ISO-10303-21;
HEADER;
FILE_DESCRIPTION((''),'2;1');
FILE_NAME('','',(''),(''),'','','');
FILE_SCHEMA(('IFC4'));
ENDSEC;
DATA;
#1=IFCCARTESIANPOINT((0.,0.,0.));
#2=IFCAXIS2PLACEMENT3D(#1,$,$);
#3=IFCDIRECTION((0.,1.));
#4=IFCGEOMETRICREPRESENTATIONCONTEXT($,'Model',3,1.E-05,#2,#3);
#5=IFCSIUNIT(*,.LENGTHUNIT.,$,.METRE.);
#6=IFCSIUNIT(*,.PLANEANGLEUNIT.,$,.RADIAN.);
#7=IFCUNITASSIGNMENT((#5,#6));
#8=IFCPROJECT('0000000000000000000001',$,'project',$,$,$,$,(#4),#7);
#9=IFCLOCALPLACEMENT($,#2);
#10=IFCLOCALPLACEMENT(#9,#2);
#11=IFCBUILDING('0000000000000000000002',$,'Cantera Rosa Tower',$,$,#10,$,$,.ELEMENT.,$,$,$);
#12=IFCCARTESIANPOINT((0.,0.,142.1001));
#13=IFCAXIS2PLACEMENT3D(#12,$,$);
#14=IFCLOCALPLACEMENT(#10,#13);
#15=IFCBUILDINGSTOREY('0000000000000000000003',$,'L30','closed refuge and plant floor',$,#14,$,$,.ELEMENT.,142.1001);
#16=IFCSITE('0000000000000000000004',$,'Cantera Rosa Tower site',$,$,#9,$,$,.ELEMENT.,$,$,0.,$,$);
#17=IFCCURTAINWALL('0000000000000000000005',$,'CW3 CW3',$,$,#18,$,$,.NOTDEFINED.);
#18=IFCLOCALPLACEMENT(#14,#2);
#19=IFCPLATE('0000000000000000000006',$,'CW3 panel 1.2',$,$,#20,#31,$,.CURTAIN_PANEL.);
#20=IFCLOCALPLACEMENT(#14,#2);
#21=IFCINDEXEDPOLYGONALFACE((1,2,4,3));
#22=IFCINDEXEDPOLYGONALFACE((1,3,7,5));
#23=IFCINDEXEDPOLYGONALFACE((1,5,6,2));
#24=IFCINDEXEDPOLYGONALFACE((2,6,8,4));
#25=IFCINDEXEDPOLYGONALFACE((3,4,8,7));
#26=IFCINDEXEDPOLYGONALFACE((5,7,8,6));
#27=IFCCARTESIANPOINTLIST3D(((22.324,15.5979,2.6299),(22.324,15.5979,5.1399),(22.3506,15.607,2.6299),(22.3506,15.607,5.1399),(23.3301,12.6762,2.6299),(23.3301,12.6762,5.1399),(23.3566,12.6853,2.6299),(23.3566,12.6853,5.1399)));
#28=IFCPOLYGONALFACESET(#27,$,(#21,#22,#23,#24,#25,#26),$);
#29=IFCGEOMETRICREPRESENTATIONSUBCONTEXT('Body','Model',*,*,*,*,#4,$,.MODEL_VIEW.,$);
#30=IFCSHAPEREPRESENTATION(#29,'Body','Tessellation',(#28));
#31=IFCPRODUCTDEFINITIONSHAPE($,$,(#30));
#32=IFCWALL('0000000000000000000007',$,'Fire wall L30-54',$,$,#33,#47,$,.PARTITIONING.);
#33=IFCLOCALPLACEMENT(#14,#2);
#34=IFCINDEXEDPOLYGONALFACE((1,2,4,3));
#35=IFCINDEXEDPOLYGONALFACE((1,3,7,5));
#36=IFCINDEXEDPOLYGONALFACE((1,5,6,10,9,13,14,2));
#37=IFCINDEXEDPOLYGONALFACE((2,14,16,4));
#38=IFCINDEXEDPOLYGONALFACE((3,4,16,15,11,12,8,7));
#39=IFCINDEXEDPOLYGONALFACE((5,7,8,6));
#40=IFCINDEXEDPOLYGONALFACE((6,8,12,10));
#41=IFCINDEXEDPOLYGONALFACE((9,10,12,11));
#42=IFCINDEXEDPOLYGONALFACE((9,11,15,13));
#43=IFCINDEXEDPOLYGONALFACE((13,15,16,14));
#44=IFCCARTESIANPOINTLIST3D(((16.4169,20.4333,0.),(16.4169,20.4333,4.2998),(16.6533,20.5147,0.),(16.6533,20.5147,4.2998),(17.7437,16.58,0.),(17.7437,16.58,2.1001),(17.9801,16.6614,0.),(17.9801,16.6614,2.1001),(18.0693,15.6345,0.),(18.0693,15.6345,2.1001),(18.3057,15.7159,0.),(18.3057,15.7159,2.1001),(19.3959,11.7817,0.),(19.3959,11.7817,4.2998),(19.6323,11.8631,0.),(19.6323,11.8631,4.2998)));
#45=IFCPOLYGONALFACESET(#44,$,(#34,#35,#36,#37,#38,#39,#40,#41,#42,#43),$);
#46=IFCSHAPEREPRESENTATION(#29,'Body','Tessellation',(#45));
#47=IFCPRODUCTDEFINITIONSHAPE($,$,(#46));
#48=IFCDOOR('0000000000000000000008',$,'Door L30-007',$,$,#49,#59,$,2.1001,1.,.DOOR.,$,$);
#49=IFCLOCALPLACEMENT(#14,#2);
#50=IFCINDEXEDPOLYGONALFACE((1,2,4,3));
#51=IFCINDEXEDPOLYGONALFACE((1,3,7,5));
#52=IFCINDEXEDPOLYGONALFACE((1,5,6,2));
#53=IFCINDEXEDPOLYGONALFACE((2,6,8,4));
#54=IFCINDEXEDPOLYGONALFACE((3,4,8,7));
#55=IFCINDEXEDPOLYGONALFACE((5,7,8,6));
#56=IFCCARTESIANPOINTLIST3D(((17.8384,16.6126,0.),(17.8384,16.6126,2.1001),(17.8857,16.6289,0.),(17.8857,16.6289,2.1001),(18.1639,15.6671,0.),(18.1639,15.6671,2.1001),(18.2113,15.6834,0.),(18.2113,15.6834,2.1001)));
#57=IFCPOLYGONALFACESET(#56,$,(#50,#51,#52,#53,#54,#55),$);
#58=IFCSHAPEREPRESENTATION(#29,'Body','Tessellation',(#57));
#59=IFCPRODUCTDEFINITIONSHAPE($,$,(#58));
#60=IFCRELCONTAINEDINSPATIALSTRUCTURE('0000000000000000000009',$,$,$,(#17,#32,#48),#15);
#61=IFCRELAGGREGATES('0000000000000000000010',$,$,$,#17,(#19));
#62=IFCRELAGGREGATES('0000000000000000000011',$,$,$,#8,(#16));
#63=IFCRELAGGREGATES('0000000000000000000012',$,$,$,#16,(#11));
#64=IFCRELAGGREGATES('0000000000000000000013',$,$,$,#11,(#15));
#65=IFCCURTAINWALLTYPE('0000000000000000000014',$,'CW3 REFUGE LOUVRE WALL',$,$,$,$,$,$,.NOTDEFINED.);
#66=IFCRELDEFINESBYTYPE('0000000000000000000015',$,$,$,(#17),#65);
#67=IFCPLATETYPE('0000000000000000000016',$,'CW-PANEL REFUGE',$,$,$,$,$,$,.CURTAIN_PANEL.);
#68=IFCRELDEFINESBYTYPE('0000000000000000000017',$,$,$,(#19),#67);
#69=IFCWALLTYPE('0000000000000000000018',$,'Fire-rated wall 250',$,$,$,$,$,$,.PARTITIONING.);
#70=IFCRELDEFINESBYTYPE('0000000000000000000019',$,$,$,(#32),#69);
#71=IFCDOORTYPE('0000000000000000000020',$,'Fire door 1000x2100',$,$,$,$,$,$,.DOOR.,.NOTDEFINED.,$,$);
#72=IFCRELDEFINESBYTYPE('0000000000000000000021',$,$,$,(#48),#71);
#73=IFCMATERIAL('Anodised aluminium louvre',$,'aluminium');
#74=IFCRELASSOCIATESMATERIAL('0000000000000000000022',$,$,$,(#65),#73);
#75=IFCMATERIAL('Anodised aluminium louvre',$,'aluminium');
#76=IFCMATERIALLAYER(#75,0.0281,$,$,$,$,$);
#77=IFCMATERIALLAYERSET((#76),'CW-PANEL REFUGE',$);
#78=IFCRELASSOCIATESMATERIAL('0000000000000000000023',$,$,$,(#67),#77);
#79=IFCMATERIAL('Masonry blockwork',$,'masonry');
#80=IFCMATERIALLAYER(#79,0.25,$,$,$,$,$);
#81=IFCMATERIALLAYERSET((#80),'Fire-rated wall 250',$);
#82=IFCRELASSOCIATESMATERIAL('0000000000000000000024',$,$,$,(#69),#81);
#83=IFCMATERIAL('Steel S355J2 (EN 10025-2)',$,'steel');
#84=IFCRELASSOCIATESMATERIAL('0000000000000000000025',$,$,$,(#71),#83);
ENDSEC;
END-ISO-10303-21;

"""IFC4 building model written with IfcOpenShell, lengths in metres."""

from ifc_helpers import new_model, si_unit, direction, frame, frame_2d, origin, origin_2d, place, context, subcontext, project, spatial, rectangle, extrude, material, layer, layer_set, type_object, element, fill, aggregate, save


model = new_model("IFC4")

# Units and contexts
model_context = context("Model", 3, precision=1e-05, world=origin(), true_north=direction((0.0, 1.0)))
body_context = subcontext(model_context, "Body", "Model", "MODEL_VIEW")
ifc_project = project(units=[si_unit("LENGTHUNIT", "METRE"), si_unit("PLANEANGLEUNIT", "RADIAN")], contexts=[model_context])

# Site, building, storey
site_placement = place(None, origin())
site = spatial("IfcSite", under=ifc_project, at=site_placement, Name="Cantera Rosa Tower site", CompositionType="ELEMENT", RefElevation=0.0)
building_placement = place(site_placement, origin())
building = spatial("IfcBuilding", under=site, at=building_placement, Name="Cantera Rosa Tower", CompositionType="ELEMENT")
storey_placement = place(building_placement, frame((0.0, 0.0, 142.1001)))
storey = spatial("IfcBuildingStorey", under=building, at=storey_placement, Name="L30", Description="closed refuge and plant floor", CompositionType="ELEMENT", Elevation=142.1001)

# Curtain wall
ifc_material_1 = material(Name="Anodised aluminium louvre", Category="aluminium")
curtain_wall_type = type_object("IfcCurtainWallType", Name="CW3 REFUGE LOUVRE WALL", PredefinedType="NOTDEFINED", material=ifc_material_1)
curtain_wall_1_placement = place(storey_placement, origin())
curtain_wall_1 = element("IfcCurtainWall", 1, at=curtain_wall_1_placement, inside=storey, type_object=curtain_wall_type, Name="CW3 CW3", PredefinedType="NOTDEFINED")

# Plate
ifc_material_2 = material(Name="Anodised aluminium louvre", Category="aluminium")
ifc_layer_1 = layer(ifc_material_2, 0.0281)
ifc_layer_set_1 = layer_set([ifc_layer_1], Name="CW-PANEL REFUGE")
plate_type = type_object("IfcPlateType", Name="CW-PANEL REFUGE", PredefinedType="CURTAIN_PANEL", material=ifc_layer_set_1)
plate_1_placement = place(storey_placement, frame((22.8403, 14.1416, 2.6299), z_axis=(0.0, 0.0, 1.0), x_axis=(-0.325568, 0.945519, 0.0)))
plate_1 = element("IfcPlate", 2, at=plate_1_placement, type_object=plate_type, Name="CW3 panel 1.2", PredefinedType="CURTAIN_PANEL", context=body_context, shape_type="SweptSolid", body=[
    extrude(rectangle(XDim=3.0901, YDim=0.0281, at=origin_2d()), origin(), (0.0, 0.0, 1.0), 2.51),
])
aggregate(curtain_wall_1, [plate_1])

# Wall, opening, door
ifc_material_3 = material(Name="Masonry blockwork", Category="masonry")
ifc_layer_2 = layer(ifc_material_3, 0.25)
ifc_layer_set_2 = layer_set([ifc_layer_2], Name="Fire-rated wall 250")
wall_type = type_object("IfcWallType", Name="Fire-rated wall 250", PredefinedType="PARTITIONING", material=ifc_layer_set_2)
wall_placement = place(storey_placement, frame((19.5142, 11.8223, 0.0), z_axis=(0.0, 0.0, 1.0), x_axis=(-0.32557, 0.945518, 0.0)))
wall = element("IfcWall", 3, at=wall_placement, inside=storey, type_object=wall_type, Name="Fire wall L30-54", PredefinedType="PARTITIONING", context=body_context, shape_type="SweptSolid", body=[
    extrude(rectangle(XDim=9.1501, YDim=0.25, at=frame_2d((4.5752, 0.0))), origin(), (0.0, 0.0, 1.0), 4.2998),
])
opening_placement = place(wall_placement, frame((4.075, 0.0, 0.0)))
opening = element("IfcOpeningElement", 4, at=opening_placement, cuts=wall, PredefinedType="OPENING", context=body_context, shape_type="SweptSolid", body=[
    extrude(rectangle(XDim=1.0, YDim=2.1001, at=frame_2d((0.5, 1.05))), frame((0.0, 0.135, 0.0), z_axis=(0.0, -1.0, 0.0), x_axis=(1.0, 0.0, 0.0)), (0.0, 0.0, 1.0), 0.27),
])
ifc_material_4 = material(Name="Steel S355J2 (EN 10025-2)", Category="steel")
door_type = type_object("IfcDoorType", Name="Fire door 1000x2100", OperationType="NOTDEFINED", PredefinedType="DOOR", material=ifc_material_4)
door_placement = place(opening_placement, origin())
door = element("IfcDoor", 5, at=door_placement, inside=storey, type_object=door_type, Name="Door L30-007", OverallHeight=2.1001, OverallWidth=1.0, PredefinedType="DOOR", context=body_context, shape_type="SweptSolid", body=[
    extrude(rectangle(XDim=1.0, YDim=2.1001, at=frame_2d((0.5, 1.05))), frame((0.0, 0.0249, 0.0), z_axis=(0.0, -1.0, 0.0), x_axis=(1.0, 0.0, 0.0)), (0.0, 0.0, 1.0), 0.05),
])
fill(opening, door)

save(model, "model.ifc")
